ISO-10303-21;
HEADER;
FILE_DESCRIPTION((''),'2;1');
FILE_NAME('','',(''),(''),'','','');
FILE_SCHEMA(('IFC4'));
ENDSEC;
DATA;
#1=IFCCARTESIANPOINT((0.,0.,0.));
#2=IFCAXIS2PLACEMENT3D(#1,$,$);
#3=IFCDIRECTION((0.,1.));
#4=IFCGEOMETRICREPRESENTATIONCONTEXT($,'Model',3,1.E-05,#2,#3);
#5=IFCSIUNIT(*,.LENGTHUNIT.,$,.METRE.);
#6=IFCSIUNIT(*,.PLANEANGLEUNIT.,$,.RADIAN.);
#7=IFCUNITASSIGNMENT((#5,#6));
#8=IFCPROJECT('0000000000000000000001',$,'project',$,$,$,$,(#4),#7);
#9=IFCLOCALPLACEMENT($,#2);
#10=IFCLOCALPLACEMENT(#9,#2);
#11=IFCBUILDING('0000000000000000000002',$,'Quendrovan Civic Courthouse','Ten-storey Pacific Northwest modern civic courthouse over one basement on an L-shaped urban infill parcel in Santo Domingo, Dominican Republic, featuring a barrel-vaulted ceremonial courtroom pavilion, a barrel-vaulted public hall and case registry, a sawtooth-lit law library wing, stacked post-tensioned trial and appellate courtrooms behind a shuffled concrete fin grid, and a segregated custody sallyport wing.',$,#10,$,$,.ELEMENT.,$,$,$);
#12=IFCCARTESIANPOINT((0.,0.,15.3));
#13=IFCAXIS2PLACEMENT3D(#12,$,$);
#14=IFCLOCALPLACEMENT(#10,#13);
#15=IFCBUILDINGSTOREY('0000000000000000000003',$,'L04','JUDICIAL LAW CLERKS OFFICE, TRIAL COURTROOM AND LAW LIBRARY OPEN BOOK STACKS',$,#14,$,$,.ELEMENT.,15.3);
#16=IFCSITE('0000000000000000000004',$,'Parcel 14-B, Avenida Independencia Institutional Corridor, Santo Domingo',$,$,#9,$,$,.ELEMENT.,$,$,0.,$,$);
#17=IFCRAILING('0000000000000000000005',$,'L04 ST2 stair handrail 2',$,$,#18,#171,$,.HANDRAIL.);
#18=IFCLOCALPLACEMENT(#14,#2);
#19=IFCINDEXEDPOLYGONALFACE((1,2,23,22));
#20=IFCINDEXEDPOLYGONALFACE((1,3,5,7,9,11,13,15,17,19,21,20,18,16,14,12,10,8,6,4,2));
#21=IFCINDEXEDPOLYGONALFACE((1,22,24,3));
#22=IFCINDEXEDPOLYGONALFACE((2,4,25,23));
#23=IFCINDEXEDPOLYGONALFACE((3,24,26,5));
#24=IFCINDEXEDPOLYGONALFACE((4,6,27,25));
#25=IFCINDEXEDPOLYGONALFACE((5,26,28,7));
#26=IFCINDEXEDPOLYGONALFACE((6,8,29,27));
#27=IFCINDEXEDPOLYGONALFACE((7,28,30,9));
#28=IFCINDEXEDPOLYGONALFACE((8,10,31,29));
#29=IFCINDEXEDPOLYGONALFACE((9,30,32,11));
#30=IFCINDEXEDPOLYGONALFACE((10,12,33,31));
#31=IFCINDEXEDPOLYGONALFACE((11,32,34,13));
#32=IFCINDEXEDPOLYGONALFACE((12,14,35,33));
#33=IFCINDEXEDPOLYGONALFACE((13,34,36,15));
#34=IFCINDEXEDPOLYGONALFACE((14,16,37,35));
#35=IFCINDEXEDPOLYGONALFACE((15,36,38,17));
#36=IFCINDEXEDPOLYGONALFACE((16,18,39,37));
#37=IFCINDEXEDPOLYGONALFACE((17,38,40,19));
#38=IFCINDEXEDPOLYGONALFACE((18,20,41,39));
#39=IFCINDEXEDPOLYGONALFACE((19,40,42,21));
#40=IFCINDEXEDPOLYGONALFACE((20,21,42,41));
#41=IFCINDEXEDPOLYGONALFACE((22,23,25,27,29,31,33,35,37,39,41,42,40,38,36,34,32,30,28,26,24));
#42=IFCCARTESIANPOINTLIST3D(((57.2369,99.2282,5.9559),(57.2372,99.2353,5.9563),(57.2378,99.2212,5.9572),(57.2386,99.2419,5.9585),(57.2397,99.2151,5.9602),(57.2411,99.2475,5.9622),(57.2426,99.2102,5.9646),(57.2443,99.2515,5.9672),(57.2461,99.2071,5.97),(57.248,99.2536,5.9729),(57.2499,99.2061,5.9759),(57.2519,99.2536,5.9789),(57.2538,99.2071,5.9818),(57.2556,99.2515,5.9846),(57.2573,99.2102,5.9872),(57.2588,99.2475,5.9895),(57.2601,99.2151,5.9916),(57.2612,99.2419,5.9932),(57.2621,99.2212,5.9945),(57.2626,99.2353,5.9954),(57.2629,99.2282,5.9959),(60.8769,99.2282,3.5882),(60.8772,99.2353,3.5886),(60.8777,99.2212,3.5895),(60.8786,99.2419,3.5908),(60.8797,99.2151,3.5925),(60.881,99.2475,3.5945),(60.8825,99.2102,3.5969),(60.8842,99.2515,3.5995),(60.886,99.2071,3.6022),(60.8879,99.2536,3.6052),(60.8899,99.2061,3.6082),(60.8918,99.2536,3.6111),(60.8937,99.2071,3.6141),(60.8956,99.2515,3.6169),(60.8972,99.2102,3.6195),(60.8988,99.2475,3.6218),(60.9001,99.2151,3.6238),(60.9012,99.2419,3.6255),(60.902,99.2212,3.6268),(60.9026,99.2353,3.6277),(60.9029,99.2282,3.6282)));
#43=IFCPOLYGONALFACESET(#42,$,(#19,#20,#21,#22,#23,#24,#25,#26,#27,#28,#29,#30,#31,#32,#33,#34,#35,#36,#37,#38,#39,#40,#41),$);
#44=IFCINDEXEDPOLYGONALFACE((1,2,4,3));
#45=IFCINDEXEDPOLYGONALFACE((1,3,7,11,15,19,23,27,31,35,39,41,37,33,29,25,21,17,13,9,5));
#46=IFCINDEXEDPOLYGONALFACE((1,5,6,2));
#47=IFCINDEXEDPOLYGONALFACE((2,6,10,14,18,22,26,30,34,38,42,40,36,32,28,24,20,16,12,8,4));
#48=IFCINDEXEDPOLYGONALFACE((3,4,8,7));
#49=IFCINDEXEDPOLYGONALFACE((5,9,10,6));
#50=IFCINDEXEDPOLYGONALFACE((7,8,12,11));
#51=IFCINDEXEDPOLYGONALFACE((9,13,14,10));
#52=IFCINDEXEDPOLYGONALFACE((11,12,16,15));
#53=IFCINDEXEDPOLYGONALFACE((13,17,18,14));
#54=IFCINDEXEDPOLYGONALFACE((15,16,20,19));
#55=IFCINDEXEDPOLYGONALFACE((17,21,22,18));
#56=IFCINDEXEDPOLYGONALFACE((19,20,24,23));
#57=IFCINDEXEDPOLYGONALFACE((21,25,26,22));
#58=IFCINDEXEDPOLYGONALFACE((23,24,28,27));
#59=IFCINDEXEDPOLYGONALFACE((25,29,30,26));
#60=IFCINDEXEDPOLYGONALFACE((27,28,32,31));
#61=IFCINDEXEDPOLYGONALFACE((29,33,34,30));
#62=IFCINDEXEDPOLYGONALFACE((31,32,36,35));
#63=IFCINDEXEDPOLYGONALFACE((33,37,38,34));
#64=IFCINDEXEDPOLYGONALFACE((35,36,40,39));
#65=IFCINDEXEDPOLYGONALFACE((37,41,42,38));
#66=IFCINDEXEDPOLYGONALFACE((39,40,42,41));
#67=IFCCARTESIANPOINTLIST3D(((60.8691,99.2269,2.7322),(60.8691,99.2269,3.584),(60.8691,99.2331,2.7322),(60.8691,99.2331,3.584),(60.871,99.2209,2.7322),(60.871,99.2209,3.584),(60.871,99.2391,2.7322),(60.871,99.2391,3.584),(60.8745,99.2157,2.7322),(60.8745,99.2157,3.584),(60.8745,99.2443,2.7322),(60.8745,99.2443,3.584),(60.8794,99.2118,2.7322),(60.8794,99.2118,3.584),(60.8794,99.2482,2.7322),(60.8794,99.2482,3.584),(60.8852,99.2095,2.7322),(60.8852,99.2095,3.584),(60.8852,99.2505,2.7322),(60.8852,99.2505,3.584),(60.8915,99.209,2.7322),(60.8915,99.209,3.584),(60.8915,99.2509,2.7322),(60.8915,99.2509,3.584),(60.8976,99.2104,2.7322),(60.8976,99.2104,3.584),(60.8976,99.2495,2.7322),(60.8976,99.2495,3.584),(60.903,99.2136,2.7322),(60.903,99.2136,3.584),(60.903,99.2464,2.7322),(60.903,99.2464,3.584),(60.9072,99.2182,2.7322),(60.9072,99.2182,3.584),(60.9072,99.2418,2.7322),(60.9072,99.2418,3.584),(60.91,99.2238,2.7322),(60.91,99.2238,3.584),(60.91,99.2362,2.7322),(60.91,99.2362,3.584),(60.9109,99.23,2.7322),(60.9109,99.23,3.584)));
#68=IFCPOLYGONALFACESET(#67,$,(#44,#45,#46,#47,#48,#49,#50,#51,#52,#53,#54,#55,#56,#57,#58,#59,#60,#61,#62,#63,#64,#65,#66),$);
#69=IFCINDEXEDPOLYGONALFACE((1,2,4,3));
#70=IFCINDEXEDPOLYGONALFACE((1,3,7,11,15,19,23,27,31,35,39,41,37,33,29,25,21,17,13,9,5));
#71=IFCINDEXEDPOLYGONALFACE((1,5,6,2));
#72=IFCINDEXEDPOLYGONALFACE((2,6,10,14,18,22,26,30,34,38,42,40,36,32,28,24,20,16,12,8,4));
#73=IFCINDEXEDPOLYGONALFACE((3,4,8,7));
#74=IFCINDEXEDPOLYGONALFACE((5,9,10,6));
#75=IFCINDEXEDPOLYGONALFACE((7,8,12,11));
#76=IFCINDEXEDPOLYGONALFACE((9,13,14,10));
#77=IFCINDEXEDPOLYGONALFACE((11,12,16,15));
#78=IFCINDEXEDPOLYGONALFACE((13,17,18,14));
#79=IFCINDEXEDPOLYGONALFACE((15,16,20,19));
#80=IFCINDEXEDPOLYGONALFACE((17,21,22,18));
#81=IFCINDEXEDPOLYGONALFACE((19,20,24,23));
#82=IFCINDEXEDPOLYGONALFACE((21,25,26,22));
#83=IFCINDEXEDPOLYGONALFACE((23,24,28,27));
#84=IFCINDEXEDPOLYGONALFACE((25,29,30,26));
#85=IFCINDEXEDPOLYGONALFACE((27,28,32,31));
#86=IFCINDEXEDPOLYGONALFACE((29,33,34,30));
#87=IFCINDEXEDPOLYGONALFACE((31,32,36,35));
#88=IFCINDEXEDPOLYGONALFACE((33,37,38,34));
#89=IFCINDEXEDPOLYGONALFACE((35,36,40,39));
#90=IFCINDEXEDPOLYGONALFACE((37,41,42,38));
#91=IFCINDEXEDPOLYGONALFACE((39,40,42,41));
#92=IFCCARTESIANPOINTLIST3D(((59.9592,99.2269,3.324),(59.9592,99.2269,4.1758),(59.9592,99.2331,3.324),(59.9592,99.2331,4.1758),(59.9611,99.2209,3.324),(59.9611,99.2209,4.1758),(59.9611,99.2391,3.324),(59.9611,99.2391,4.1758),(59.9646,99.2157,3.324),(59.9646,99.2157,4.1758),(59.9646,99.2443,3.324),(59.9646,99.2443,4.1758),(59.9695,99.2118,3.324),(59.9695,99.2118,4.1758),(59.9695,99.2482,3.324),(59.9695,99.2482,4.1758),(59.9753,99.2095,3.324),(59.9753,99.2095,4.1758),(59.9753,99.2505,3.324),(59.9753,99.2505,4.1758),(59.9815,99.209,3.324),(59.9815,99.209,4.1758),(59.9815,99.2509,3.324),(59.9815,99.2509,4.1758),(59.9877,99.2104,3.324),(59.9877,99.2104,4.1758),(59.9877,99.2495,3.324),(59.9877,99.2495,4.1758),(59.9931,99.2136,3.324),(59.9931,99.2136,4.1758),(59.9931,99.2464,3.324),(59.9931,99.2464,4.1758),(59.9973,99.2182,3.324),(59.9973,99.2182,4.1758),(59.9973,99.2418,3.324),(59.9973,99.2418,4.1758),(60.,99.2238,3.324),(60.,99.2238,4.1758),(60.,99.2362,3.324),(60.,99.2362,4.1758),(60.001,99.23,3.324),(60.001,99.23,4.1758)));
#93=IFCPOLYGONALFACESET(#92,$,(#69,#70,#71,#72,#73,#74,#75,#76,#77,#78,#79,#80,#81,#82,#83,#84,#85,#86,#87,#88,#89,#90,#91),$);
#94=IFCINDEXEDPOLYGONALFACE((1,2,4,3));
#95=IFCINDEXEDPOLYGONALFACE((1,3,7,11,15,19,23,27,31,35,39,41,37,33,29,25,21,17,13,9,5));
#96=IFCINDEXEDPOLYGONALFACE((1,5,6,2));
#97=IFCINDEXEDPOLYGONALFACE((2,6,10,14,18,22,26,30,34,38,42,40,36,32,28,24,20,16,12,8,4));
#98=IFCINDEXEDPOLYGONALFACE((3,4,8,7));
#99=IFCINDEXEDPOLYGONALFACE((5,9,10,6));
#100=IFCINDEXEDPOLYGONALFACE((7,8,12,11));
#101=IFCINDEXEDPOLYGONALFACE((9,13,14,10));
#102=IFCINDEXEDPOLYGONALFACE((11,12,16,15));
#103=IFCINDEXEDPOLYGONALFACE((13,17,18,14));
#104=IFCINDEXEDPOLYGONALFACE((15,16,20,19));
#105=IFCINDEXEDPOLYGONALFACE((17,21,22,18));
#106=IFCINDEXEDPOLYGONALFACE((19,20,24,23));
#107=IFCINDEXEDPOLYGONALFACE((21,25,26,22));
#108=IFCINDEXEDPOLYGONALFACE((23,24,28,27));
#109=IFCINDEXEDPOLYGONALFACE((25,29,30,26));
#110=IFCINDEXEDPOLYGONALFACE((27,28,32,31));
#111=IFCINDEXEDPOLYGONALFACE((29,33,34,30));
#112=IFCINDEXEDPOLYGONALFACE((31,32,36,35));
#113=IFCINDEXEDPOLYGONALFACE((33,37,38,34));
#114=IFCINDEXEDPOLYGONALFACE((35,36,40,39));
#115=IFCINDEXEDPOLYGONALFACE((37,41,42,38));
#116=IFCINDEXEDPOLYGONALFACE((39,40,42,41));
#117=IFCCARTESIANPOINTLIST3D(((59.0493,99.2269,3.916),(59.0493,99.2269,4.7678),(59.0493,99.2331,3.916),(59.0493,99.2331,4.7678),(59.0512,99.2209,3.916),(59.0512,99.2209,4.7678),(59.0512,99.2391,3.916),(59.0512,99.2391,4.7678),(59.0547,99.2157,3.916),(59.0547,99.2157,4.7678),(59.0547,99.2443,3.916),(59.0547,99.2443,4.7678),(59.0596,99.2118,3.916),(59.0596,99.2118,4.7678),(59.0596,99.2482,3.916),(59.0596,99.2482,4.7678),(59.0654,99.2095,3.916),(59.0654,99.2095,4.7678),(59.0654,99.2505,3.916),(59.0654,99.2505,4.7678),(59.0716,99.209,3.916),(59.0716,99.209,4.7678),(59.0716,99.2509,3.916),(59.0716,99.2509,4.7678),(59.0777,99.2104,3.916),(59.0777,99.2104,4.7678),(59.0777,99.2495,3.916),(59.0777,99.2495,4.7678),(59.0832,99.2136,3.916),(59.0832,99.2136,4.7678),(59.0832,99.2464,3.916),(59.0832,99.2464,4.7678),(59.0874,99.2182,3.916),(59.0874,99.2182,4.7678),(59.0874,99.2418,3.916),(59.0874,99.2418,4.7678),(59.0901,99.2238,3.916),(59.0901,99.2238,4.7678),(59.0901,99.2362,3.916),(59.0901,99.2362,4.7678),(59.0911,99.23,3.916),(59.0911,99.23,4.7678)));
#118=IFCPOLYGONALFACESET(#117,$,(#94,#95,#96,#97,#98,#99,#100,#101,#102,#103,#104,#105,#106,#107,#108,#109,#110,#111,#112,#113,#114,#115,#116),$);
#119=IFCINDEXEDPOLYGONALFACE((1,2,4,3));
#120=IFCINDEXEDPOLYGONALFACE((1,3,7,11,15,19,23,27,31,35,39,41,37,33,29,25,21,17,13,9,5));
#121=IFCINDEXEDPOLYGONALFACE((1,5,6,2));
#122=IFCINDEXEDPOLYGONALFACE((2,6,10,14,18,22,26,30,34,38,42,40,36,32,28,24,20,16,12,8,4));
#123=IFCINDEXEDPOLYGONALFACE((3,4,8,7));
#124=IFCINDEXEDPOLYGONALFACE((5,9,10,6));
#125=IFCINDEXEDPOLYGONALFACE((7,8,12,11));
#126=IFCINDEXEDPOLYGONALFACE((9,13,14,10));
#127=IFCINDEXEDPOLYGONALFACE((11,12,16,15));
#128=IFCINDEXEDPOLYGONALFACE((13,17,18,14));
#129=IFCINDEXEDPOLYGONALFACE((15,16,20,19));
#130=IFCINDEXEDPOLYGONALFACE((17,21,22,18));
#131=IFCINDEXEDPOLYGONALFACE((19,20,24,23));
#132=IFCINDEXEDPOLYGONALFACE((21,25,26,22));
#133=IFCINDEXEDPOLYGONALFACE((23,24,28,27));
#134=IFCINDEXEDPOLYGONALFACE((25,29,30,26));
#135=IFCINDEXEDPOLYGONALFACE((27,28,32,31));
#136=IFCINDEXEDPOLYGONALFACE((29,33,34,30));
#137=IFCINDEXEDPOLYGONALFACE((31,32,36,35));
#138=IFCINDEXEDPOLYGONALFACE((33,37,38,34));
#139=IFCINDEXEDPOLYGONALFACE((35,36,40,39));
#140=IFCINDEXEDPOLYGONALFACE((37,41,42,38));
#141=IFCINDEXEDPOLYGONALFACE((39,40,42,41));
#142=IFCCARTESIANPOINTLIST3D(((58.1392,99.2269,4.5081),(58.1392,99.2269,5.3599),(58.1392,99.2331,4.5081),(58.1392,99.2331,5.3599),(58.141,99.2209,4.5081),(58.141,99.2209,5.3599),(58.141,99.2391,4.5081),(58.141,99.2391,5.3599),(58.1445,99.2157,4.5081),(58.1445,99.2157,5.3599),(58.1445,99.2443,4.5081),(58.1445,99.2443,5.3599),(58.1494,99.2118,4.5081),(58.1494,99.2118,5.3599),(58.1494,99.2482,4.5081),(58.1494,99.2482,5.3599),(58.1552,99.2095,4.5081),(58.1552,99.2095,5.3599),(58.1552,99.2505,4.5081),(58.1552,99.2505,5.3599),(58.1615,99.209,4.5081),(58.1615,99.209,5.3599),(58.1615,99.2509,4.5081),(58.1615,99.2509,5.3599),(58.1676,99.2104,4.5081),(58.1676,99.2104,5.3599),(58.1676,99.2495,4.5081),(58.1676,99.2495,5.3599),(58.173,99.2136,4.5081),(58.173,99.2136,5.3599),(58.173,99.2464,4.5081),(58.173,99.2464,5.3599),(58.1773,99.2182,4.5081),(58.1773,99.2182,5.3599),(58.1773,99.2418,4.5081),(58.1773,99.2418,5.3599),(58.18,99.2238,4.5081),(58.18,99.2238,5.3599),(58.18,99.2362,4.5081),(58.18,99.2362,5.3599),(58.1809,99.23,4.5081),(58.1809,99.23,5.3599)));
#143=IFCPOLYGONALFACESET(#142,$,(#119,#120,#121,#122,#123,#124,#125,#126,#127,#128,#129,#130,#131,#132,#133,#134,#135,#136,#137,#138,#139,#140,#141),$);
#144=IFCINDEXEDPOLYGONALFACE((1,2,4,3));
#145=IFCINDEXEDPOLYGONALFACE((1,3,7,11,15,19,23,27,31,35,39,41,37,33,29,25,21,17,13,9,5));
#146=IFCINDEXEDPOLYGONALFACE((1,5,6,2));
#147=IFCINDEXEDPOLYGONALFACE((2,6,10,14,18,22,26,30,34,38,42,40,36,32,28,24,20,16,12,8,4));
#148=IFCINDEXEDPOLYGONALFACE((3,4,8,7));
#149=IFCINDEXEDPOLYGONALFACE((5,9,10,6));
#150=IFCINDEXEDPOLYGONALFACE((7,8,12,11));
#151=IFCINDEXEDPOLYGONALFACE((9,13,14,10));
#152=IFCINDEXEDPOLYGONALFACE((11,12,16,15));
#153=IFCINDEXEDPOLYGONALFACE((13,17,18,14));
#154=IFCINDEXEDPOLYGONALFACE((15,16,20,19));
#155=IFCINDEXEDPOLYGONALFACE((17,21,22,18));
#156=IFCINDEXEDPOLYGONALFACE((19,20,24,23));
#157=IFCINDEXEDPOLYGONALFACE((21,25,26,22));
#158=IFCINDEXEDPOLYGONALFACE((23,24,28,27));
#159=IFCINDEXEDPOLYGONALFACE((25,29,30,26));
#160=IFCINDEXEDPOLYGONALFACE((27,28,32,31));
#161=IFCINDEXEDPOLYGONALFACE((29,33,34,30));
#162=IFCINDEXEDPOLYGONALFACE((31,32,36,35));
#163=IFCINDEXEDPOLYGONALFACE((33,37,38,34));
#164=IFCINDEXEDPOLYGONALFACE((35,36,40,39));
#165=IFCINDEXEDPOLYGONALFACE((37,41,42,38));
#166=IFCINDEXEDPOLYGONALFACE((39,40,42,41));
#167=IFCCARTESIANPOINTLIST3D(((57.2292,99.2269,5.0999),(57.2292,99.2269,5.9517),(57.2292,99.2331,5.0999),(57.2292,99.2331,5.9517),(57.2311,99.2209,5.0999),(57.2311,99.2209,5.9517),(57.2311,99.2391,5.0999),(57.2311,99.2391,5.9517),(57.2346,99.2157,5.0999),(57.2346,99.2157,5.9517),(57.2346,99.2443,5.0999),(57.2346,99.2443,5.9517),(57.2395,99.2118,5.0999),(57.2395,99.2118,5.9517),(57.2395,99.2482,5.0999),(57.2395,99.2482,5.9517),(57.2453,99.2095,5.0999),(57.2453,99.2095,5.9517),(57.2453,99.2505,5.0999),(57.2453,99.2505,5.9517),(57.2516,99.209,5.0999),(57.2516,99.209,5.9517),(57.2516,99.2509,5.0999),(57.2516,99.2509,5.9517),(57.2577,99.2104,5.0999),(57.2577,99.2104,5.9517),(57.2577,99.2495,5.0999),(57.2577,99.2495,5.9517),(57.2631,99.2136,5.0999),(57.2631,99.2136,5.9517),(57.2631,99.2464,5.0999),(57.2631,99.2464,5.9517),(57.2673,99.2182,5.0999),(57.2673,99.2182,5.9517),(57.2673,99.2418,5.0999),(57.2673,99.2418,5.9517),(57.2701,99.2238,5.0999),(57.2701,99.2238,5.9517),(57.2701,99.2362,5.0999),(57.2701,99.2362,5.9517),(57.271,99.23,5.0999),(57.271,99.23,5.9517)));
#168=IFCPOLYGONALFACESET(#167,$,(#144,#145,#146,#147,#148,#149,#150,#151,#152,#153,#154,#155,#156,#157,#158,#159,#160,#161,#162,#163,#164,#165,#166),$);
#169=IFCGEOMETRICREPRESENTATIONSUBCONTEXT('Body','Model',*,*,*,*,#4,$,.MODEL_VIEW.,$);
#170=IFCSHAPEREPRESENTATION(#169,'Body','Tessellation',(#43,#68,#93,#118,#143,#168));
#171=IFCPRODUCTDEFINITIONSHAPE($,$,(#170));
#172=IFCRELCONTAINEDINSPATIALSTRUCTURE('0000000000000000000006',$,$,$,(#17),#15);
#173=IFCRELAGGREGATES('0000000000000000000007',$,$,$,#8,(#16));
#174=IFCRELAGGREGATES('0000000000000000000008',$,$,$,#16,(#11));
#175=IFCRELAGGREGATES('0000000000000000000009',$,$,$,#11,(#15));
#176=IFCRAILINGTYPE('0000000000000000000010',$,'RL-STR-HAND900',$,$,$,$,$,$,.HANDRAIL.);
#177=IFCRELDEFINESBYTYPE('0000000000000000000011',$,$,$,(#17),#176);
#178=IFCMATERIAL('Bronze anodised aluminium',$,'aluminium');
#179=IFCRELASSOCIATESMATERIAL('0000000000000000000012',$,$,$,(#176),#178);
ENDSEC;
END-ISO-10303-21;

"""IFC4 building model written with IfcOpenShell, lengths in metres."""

from ifc_helpers import new_model, si_unit, direction, frame, origin, origin_2d, place, context, subcontext, project, spatial, circle, extrude, material, type_object, element, save


model = new_model("IFC4")

# Units and contexts
model_context = context("Model", 3, precision=1e-05, world=origin(), true_north=direction((0.0, 1.0)))
body_context = subcontext(model_context, "Body", "Model", "MODEL_VIEW")
ifc_project = project(units=[si_unit("LENGTHUNIT", "METRE"), si_unit("PLANEANGLEUNIT", "RADIAN")], contexts=[model_context])

# Site, building, storey
site_placement = place(None, origin())
site = spatial("IfcSite", under=ifc_project, at=site_placement, Name="Parcel 14-B, Avenida Independencia Institutional Corridor, Santo Domingo", CompositionType="ELEMENT", RefElevation=0.0)
building_placement = place(site_placement, origin())
building = spatial("IfcBuilding", under=site, at=building_placement, Name="Quendrovan Civic Courthouse", Description="Ten-storey Pacific Northwest modern civic courthouse over one basement on an L-shaped urban infill parcel in Santo Domingo, Dominican Republic, featuring a barrel-vaulted ceremonial courtroom pavilion, a barrel-vaulted public hall and case registry, a sawtooth-lit law library wing, stacked post-tensioned trial and appellate courtrooms behind a shuffled concrete fin grid, and a segregated custody sallyport wing.", CompositionType="ELEMENT")
storey_placement = place(building_placement, frame((0.0, 0.0, 15.3)))
storey = spatial("IfcBuildingStorey", under=building, at=storey_placement, Name="L04", Description="JUDICIAL LAW CLERKS OFFICE, TRIAL COURTROOM AND LAW LIBRARY OPEN BOOK STACKS", CompositionType="ELEMENT", Elevation=15.3)

# Railing
ifc_material_1 = material(Name="Bronze anodised aluminium", Category="aluminium")
railing_type_1 = type_object("IfcRailingType", Name="RL-STR-HAND900", PredefinedType="HANDRAIL", material=ifc_material_1)
railing_1_placement = place(storey_placement, frame((60.8899, 99.23, 2.7322)))
element("IfcRailing", 1, at=railing_1_placement, inside=storey, type_object=railing_type_1, Name="L04 ST2 stair handrail 2", PredefinedType="HANDRAIL", context=body_context, shape_type="SweptSolid", body=[
    extrude(circle(Radius=0.0239, at=origin_2d()), frame((0.0, 0.0, 0.876), z_axis=(-0.83826, 0.0, 0.545271), x_axis=(0.0, -1.0, 0.0)), (0.0, 0.0, 1.0), 4.3423),
    extrude(circle(Radius=0.021, at=origin_2d()), origin(), (0.0, 0.0, 1.0), 0.8518),
    extrude(circle(Radius=0.021, at=origin_2d()), frame((-0.9099, 0.0, 0.5918)), (0.0, 0.0, 1.0), 0.8518),
    extrude(circle(Radius=0.021, at=origin_2d()), frame((-1.8198, 0.0, 1.1838)), (0.0, 0.0, 1.0), 0.8518),
    extrude(circle(Radius=0.021, at=origin_2d()), frame((-2.73, 0.0, 1.7759)), (0.0, 0.0, 1.0), 0.8518),
    extrude(circle(Radius=0.021, at=origin_2d()), frame((-3.6399, 0.0, 2.3677)), (0.0, 0.0, 1.0), 0.8518),
])

save(model, "model.ifc")
